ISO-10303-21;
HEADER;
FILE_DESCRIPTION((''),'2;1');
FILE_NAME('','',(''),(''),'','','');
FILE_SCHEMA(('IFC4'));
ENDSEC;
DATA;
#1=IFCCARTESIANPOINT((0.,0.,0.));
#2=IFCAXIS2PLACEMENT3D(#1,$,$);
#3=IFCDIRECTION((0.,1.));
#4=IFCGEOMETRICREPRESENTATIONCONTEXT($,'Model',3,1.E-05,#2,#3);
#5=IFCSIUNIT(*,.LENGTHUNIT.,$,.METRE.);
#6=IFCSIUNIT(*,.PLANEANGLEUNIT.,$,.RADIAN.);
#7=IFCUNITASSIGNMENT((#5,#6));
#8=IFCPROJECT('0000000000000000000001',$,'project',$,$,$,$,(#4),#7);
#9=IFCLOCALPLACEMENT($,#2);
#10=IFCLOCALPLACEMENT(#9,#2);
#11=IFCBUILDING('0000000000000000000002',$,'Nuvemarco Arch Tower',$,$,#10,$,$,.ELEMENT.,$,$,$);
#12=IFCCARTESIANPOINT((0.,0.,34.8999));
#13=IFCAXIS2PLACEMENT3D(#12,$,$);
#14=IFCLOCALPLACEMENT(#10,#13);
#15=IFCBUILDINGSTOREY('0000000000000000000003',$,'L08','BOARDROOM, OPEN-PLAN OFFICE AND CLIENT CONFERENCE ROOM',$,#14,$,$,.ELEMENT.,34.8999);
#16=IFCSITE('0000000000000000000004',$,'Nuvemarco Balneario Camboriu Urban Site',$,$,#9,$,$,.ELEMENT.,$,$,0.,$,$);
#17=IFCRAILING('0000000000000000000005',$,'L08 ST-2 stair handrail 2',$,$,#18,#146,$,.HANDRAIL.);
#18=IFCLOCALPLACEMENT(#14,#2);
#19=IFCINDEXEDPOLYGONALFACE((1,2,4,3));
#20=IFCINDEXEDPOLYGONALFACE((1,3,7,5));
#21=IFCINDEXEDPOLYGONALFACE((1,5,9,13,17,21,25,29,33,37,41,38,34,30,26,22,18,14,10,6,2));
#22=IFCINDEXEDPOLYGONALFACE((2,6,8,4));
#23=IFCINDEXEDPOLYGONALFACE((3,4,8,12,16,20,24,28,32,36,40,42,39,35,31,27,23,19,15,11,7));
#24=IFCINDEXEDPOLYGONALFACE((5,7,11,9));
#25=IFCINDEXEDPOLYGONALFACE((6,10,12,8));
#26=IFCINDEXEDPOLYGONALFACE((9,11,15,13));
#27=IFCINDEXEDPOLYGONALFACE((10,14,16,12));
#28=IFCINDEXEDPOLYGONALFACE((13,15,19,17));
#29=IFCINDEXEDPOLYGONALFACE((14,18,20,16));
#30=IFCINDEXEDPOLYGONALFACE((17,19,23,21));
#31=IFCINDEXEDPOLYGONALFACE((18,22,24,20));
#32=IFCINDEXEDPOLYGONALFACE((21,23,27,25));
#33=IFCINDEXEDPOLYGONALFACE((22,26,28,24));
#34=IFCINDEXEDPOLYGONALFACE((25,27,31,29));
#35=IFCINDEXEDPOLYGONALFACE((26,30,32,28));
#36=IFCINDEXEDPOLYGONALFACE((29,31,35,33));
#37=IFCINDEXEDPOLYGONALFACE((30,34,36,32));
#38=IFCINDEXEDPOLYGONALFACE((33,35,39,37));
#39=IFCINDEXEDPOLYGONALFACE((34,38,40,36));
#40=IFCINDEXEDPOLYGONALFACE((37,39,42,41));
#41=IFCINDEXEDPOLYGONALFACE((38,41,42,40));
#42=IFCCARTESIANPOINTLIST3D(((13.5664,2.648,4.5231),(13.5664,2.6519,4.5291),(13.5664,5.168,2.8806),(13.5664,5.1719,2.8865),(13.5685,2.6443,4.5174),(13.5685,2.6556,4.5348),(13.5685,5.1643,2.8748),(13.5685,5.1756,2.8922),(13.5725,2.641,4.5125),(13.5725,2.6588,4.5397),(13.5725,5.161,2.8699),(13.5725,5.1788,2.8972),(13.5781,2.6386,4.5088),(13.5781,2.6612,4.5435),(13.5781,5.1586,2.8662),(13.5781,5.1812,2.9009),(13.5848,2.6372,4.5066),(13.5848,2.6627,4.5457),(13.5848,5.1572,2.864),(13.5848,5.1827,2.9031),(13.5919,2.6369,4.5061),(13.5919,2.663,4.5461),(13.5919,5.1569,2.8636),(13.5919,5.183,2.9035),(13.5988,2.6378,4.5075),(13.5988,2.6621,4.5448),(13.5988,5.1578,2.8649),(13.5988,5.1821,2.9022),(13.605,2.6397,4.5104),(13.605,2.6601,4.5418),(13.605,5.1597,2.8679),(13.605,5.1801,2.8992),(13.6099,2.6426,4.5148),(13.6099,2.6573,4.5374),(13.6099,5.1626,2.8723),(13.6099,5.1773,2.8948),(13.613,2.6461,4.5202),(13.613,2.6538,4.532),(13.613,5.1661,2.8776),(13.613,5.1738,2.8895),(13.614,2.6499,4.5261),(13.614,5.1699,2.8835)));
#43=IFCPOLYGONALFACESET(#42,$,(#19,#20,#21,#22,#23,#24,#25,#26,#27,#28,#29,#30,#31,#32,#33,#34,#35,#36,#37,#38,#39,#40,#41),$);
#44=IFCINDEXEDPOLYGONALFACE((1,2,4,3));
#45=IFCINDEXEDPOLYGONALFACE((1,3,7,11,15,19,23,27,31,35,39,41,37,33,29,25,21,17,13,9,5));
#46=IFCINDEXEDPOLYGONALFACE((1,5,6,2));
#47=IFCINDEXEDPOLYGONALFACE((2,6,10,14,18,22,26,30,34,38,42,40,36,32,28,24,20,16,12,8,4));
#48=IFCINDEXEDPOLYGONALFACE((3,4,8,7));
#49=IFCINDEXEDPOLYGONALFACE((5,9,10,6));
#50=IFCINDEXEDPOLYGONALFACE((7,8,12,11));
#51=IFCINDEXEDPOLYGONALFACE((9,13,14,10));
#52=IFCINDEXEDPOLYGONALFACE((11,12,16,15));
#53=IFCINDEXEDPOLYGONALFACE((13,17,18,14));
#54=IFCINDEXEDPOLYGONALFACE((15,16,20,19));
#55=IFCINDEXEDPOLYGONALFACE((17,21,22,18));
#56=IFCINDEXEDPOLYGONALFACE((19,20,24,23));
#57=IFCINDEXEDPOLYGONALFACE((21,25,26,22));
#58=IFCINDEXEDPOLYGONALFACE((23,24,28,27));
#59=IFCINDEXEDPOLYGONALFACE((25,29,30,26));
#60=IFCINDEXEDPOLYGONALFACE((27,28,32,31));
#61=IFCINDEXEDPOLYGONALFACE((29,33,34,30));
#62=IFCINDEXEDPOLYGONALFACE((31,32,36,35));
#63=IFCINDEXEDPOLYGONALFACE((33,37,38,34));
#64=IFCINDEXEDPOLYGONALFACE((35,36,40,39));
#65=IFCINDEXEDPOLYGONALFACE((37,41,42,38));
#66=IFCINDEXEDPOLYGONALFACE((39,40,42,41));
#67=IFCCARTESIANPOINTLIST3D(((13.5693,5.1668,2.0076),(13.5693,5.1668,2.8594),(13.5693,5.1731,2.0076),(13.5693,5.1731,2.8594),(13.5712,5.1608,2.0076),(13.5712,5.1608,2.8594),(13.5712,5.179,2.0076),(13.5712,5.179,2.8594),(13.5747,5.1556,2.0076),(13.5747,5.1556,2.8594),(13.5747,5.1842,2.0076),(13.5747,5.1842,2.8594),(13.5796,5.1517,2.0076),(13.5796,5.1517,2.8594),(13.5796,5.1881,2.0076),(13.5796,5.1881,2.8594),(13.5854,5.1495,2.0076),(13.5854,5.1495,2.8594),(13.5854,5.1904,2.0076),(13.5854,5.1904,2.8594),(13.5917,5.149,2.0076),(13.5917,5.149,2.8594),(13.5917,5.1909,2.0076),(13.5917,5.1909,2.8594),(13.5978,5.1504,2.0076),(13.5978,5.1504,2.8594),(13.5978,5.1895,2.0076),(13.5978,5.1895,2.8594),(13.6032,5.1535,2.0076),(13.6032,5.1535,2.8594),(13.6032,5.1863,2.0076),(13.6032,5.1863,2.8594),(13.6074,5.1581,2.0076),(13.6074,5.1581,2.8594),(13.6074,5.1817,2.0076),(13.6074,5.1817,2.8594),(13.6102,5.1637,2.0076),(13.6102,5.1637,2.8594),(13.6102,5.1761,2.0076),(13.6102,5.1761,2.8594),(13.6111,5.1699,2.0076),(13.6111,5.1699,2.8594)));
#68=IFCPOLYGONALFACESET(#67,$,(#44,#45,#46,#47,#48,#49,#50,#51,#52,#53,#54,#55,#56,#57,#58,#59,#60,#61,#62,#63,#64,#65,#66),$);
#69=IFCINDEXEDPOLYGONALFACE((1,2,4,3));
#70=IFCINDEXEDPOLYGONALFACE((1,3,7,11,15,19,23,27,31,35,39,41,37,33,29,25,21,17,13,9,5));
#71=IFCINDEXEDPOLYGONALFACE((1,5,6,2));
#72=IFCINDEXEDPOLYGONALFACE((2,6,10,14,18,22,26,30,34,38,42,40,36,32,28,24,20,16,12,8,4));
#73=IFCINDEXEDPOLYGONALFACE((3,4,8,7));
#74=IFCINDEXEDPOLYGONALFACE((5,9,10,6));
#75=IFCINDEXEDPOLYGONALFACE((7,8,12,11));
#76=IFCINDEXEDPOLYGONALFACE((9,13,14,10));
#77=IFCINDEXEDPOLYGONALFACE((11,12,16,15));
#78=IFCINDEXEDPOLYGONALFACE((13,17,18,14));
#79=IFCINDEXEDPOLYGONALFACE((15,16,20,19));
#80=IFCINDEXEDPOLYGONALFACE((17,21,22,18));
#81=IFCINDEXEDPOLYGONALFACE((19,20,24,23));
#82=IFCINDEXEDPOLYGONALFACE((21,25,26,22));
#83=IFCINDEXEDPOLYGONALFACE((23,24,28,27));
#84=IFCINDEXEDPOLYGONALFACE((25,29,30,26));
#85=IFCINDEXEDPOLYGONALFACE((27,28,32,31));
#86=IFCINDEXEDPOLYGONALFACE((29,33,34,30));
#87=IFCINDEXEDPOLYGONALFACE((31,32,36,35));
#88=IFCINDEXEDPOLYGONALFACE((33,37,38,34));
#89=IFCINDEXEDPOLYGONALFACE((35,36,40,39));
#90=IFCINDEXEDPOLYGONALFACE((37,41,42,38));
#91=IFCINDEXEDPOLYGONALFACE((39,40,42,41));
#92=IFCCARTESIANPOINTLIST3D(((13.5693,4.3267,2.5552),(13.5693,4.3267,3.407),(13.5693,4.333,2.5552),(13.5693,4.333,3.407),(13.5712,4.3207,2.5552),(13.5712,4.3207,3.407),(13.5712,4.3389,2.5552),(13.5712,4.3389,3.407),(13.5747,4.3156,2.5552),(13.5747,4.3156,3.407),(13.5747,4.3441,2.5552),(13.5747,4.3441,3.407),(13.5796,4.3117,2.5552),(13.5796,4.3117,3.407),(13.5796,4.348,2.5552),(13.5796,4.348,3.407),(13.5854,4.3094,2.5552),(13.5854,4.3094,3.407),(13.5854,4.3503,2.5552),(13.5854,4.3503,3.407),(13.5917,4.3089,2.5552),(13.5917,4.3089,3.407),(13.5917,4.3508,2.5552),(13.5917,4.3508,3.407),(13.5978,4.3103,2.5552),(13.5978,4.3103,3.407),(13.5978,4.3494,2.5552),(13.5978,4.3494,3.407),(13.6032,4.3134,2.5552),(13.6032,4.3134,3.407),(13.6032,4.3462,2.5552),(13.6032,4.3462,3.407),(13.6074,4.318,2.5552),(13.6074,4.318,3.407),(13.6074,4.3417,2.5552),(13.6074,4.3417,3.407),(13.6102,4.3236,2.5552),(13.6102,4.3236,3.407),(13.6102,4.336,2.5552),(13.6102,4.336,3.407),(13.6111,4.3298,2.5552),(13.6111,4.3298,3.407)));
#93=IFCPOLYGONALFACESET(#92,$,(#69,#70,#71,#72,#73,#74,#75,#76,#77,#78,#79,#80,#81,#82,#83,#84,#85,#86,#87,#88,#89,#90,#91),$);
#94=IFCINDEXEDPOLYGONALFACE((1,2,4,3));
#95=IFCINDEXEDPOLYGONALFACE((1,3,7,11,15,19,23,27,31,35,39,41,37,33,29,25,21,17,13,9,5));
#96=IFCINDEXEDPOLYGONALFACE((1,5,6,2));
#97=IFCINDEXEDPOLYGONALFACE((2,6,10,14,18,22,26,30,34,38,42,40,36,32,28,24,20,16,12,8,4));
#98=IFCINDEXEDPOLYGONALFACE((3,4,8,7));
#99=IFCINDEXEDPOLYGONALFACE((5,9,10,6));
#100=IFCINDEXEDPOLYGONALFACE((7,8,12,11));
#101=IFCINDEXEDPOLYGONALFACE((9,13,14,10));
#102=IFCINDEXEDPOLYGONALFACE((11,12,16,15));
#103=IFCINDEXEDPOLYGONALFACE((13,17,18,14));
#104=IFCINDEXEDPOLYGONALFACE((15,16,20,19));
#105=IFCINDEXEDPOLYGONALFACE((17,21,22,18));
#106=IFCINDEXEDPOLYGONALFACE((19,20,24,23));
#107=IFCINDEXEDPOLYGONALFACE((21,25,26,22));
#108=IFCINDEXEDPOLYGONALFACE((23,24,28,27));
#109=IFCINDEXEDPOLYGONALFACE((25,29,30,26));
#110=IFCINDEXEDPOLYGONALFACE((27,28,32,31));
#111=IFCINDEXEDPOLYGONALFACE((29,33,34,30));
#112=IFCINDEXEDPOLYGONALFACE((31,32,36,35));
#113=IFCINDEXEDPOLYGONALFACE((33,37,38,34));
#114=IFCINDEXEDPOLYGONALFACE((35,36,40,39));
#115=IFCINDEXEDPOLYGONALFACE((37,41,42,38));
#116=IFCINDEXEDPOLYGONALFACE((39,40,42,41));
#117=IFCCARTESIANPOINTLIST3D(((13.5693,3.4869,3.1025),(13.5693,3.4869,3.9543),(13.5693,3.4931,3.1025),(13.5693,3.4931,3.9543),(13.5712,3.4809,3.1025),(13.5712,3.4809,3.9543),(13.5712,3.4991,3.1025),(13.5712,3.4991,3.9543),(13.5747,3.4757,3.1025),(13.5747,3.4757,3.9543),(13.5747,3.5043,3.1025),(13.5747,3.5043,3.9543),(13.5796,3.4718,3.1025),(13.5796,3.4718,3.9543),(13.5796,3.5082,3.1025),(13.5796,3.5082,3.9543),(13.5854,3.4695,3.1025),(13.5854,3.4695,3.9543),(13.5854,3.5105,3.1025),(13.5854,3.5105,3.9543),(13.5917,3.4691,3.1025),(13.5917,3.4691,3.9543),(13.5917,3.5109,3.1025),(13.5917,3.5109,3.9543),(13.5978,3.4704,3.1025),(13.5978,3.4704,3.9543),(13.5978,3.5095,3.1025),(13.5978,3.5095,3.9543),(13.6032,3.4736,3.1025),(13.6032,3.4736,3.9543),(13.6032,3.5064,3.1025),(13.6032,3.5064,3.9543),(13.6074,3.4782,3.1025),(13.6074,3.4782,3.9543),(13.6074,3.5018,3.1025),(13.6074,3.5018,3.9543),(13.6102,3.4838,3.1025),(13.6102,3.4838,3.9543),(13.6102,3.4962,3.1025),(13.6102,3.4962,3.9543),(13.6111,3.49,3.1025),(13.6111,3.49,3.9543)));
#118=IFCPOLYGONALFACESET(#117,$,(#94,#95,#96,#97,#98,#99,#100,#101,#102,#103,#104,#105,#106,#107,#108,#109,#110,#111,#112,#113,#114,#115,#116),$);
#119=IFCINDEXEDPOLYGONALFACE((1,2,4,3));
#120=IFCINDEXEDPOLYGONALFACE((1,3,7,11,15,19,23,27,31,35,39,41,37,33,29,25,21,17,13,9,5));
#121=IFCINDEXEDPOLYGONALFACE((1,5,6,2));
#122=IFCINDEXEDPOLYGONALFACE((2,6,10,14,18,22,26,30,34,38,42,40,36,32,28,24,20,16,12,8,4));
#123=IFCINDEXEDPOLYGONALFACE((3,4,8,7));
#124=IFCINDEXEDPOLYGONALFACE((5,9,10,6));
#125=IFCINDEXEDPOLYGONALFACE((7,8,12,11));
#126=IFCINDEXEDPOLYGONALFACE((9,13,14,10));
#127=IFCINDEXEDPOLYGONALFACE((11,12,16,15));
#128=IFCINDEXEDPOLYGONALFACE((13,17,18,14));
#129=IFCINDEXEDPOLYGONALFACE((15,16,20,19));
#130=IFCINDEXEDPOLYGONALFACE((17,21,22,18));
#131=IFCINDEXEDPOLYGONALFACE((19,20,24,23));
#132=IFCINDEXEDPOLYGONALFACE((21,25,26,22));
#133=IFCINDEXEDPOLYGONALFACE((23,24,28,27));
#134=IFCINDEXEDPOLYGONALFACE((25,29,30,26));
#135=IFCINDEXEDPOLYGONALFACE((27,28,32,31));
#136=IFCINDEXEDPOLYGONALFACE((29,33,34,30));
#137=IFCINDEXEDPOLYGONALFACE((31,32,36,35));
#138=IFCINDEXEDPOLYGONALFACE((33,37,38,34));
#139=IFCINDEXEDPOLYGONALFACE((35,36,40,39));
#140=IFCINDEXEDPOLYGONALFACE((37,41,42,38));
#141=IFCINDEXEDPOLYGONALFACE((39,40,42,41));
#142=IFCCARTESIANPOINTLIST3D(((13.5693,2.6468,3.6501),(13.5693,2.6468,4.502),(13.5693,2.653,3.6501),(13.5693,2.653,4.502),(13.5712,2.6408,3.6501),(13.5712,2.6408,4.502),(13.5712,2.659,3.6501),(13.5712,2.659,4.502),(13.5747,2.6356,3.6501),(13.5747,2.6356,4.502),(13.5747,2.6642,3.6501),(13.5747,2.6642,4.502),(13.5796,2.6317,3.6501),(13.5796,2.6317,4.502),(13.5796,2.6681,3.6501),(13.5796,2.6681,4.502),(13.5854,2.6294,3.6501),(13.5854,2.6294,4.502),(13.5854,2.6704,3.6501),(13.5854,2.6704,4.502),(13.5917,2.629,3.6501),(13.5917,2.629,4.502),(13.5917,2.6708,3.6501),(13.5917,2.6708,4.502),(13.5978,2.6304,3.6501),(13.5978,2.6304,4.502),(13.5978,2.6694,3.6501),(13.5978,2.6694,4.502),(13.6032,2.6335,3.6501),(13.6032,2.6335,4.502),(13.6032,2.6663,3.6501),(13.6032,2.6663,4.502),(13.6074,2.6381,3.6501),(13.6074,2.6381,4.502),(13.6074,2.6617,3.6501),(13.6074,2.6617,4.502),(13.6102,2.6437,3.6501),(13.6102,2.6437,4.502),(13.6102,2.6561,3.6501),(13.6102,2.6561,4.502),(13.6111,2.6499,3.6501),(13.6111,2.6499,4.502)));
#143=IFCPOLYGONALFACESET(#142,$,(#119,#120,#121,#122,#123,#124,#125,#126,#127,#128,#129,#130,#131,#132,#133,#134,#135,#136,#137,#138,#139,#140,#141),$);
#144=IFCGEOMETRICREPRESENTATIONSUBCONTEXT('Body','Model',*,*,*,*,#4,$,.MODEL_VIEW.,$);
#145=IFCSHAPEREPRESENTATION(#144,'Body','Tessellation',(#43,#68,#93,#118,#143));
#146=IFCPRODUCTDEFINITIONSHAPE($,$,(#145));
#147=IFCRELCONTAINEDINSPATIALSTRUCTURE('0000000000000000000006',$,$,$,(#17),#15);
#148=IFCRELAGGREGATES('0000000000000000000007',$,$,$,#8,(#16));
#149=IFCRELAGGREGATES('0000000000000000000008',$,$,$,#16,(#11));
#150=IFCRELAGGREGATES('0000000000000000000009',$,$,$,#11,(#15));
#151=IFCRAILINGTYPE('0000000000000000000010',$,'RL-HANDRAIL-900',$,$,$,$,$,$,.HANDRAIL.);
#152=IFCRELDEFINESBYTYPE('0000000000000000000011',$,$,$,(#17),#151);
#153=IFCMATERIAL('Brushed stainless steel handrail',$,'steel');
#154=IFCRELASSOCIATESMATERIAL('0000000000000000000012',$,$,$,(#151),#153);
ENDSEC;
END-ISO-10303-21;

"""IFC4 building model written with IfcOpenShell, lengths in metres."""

from ifc_helpers import new_model, si_unit, direction, frame, origin, origin_2d, place, context, subcontext, project, spatial, circle, extrude, material, type_object, element, save


model = new_model("IFC4")

# Units and contexts
model_context = context("Model", 3, precision=1e-05, world=origin(), true_north=direction((0.0, 1.0)))
body_context = subcontext(model_context, "Body", "Model", "MODEL_VIEW")
ifc_project = project(units=[si_unit("LENGTHUNIT", "METRE"), si_unit("PLANEANGLEUNIT", "RADIAN")], contexts=[model_context])

# Site, building, storey
site_placement = place(None, origin())
site = spatial("IfcSite", under=ifc_project, at=site_placement, Name="Nuvemarco Balneario Camboriu Urban Site", CompositionType="ELEMENT", RefElevation=0.0)
building_placement = place(site_placement, origin())
building = spatial("IfcBuilding", under=site, at=building_placement, Name="Nuvemarco Arch Tower", CompositionType="ELEMENT")
storey_placement = place(building_placement, frame((0.0, 0.0, 34.8999)))
storey = spatial("IfcBuildingStorey", under=building, at=storey_placement, Name="L08", Description="BOARDROOM, OPEN-PLAN OFFICE AND CLIENT CONFERENCE ROOM", CompositionType="ELEMENT", Elevation=34.8999)

# Railing
ifc_material_1 = material(Name="Brushed stainless steel handrail", Category="steel")
railing_type_1 = type_object("IfcRailingType", Name="RL-HANDRAIL-900", PredefinedType="HANDRAIL", material=ifc_material_1)
railing_1_placement = place(storey_placement, frame((13.5901, 5.1699, 2.0076)))
element("IfcRailing", 1, at=railing_1_placement, inside=storey, type_object=railing_type_1, Name="L08 ST-2 stair handrail 2", PredefinedType="HANDRAIL", context=body_context, shape_type="SweptSolid", body=[
    extrude(circle(Radius=0.0239, at=origin_2d()), frame((0.0, 0.0, 0.876), z_axis=(0.0, -0.837749, 0.546055), x_axis=(1.0, 0.0, 0.0)), (0.0, 0.0, 1.0), 3.0081),
    extrude(circle(Radius=0.021, at=origin_2d()), origin(), (0.0, 0.0, 1.0), 0.8518),
    extrude(circle(Radius=0.021, at=origin_2d()), frame((0.0, -0.8401, 0.5476)), (0.0, 0.0, 1.0), 0.8518),
    extrude(circle(Radius=0.021, at=origin_2d()), frame((0.0, -1.6799, 1.095)), (0.0, 0.0, 1.0), 0.8518),
    extrude(circle(Radius=0.021, at=origin_2d()), frame((0.0, -2.52, 1.6426)), (0.0, 0.0, 1.0), 0.8518),
])

save(model, "model.ifc")
